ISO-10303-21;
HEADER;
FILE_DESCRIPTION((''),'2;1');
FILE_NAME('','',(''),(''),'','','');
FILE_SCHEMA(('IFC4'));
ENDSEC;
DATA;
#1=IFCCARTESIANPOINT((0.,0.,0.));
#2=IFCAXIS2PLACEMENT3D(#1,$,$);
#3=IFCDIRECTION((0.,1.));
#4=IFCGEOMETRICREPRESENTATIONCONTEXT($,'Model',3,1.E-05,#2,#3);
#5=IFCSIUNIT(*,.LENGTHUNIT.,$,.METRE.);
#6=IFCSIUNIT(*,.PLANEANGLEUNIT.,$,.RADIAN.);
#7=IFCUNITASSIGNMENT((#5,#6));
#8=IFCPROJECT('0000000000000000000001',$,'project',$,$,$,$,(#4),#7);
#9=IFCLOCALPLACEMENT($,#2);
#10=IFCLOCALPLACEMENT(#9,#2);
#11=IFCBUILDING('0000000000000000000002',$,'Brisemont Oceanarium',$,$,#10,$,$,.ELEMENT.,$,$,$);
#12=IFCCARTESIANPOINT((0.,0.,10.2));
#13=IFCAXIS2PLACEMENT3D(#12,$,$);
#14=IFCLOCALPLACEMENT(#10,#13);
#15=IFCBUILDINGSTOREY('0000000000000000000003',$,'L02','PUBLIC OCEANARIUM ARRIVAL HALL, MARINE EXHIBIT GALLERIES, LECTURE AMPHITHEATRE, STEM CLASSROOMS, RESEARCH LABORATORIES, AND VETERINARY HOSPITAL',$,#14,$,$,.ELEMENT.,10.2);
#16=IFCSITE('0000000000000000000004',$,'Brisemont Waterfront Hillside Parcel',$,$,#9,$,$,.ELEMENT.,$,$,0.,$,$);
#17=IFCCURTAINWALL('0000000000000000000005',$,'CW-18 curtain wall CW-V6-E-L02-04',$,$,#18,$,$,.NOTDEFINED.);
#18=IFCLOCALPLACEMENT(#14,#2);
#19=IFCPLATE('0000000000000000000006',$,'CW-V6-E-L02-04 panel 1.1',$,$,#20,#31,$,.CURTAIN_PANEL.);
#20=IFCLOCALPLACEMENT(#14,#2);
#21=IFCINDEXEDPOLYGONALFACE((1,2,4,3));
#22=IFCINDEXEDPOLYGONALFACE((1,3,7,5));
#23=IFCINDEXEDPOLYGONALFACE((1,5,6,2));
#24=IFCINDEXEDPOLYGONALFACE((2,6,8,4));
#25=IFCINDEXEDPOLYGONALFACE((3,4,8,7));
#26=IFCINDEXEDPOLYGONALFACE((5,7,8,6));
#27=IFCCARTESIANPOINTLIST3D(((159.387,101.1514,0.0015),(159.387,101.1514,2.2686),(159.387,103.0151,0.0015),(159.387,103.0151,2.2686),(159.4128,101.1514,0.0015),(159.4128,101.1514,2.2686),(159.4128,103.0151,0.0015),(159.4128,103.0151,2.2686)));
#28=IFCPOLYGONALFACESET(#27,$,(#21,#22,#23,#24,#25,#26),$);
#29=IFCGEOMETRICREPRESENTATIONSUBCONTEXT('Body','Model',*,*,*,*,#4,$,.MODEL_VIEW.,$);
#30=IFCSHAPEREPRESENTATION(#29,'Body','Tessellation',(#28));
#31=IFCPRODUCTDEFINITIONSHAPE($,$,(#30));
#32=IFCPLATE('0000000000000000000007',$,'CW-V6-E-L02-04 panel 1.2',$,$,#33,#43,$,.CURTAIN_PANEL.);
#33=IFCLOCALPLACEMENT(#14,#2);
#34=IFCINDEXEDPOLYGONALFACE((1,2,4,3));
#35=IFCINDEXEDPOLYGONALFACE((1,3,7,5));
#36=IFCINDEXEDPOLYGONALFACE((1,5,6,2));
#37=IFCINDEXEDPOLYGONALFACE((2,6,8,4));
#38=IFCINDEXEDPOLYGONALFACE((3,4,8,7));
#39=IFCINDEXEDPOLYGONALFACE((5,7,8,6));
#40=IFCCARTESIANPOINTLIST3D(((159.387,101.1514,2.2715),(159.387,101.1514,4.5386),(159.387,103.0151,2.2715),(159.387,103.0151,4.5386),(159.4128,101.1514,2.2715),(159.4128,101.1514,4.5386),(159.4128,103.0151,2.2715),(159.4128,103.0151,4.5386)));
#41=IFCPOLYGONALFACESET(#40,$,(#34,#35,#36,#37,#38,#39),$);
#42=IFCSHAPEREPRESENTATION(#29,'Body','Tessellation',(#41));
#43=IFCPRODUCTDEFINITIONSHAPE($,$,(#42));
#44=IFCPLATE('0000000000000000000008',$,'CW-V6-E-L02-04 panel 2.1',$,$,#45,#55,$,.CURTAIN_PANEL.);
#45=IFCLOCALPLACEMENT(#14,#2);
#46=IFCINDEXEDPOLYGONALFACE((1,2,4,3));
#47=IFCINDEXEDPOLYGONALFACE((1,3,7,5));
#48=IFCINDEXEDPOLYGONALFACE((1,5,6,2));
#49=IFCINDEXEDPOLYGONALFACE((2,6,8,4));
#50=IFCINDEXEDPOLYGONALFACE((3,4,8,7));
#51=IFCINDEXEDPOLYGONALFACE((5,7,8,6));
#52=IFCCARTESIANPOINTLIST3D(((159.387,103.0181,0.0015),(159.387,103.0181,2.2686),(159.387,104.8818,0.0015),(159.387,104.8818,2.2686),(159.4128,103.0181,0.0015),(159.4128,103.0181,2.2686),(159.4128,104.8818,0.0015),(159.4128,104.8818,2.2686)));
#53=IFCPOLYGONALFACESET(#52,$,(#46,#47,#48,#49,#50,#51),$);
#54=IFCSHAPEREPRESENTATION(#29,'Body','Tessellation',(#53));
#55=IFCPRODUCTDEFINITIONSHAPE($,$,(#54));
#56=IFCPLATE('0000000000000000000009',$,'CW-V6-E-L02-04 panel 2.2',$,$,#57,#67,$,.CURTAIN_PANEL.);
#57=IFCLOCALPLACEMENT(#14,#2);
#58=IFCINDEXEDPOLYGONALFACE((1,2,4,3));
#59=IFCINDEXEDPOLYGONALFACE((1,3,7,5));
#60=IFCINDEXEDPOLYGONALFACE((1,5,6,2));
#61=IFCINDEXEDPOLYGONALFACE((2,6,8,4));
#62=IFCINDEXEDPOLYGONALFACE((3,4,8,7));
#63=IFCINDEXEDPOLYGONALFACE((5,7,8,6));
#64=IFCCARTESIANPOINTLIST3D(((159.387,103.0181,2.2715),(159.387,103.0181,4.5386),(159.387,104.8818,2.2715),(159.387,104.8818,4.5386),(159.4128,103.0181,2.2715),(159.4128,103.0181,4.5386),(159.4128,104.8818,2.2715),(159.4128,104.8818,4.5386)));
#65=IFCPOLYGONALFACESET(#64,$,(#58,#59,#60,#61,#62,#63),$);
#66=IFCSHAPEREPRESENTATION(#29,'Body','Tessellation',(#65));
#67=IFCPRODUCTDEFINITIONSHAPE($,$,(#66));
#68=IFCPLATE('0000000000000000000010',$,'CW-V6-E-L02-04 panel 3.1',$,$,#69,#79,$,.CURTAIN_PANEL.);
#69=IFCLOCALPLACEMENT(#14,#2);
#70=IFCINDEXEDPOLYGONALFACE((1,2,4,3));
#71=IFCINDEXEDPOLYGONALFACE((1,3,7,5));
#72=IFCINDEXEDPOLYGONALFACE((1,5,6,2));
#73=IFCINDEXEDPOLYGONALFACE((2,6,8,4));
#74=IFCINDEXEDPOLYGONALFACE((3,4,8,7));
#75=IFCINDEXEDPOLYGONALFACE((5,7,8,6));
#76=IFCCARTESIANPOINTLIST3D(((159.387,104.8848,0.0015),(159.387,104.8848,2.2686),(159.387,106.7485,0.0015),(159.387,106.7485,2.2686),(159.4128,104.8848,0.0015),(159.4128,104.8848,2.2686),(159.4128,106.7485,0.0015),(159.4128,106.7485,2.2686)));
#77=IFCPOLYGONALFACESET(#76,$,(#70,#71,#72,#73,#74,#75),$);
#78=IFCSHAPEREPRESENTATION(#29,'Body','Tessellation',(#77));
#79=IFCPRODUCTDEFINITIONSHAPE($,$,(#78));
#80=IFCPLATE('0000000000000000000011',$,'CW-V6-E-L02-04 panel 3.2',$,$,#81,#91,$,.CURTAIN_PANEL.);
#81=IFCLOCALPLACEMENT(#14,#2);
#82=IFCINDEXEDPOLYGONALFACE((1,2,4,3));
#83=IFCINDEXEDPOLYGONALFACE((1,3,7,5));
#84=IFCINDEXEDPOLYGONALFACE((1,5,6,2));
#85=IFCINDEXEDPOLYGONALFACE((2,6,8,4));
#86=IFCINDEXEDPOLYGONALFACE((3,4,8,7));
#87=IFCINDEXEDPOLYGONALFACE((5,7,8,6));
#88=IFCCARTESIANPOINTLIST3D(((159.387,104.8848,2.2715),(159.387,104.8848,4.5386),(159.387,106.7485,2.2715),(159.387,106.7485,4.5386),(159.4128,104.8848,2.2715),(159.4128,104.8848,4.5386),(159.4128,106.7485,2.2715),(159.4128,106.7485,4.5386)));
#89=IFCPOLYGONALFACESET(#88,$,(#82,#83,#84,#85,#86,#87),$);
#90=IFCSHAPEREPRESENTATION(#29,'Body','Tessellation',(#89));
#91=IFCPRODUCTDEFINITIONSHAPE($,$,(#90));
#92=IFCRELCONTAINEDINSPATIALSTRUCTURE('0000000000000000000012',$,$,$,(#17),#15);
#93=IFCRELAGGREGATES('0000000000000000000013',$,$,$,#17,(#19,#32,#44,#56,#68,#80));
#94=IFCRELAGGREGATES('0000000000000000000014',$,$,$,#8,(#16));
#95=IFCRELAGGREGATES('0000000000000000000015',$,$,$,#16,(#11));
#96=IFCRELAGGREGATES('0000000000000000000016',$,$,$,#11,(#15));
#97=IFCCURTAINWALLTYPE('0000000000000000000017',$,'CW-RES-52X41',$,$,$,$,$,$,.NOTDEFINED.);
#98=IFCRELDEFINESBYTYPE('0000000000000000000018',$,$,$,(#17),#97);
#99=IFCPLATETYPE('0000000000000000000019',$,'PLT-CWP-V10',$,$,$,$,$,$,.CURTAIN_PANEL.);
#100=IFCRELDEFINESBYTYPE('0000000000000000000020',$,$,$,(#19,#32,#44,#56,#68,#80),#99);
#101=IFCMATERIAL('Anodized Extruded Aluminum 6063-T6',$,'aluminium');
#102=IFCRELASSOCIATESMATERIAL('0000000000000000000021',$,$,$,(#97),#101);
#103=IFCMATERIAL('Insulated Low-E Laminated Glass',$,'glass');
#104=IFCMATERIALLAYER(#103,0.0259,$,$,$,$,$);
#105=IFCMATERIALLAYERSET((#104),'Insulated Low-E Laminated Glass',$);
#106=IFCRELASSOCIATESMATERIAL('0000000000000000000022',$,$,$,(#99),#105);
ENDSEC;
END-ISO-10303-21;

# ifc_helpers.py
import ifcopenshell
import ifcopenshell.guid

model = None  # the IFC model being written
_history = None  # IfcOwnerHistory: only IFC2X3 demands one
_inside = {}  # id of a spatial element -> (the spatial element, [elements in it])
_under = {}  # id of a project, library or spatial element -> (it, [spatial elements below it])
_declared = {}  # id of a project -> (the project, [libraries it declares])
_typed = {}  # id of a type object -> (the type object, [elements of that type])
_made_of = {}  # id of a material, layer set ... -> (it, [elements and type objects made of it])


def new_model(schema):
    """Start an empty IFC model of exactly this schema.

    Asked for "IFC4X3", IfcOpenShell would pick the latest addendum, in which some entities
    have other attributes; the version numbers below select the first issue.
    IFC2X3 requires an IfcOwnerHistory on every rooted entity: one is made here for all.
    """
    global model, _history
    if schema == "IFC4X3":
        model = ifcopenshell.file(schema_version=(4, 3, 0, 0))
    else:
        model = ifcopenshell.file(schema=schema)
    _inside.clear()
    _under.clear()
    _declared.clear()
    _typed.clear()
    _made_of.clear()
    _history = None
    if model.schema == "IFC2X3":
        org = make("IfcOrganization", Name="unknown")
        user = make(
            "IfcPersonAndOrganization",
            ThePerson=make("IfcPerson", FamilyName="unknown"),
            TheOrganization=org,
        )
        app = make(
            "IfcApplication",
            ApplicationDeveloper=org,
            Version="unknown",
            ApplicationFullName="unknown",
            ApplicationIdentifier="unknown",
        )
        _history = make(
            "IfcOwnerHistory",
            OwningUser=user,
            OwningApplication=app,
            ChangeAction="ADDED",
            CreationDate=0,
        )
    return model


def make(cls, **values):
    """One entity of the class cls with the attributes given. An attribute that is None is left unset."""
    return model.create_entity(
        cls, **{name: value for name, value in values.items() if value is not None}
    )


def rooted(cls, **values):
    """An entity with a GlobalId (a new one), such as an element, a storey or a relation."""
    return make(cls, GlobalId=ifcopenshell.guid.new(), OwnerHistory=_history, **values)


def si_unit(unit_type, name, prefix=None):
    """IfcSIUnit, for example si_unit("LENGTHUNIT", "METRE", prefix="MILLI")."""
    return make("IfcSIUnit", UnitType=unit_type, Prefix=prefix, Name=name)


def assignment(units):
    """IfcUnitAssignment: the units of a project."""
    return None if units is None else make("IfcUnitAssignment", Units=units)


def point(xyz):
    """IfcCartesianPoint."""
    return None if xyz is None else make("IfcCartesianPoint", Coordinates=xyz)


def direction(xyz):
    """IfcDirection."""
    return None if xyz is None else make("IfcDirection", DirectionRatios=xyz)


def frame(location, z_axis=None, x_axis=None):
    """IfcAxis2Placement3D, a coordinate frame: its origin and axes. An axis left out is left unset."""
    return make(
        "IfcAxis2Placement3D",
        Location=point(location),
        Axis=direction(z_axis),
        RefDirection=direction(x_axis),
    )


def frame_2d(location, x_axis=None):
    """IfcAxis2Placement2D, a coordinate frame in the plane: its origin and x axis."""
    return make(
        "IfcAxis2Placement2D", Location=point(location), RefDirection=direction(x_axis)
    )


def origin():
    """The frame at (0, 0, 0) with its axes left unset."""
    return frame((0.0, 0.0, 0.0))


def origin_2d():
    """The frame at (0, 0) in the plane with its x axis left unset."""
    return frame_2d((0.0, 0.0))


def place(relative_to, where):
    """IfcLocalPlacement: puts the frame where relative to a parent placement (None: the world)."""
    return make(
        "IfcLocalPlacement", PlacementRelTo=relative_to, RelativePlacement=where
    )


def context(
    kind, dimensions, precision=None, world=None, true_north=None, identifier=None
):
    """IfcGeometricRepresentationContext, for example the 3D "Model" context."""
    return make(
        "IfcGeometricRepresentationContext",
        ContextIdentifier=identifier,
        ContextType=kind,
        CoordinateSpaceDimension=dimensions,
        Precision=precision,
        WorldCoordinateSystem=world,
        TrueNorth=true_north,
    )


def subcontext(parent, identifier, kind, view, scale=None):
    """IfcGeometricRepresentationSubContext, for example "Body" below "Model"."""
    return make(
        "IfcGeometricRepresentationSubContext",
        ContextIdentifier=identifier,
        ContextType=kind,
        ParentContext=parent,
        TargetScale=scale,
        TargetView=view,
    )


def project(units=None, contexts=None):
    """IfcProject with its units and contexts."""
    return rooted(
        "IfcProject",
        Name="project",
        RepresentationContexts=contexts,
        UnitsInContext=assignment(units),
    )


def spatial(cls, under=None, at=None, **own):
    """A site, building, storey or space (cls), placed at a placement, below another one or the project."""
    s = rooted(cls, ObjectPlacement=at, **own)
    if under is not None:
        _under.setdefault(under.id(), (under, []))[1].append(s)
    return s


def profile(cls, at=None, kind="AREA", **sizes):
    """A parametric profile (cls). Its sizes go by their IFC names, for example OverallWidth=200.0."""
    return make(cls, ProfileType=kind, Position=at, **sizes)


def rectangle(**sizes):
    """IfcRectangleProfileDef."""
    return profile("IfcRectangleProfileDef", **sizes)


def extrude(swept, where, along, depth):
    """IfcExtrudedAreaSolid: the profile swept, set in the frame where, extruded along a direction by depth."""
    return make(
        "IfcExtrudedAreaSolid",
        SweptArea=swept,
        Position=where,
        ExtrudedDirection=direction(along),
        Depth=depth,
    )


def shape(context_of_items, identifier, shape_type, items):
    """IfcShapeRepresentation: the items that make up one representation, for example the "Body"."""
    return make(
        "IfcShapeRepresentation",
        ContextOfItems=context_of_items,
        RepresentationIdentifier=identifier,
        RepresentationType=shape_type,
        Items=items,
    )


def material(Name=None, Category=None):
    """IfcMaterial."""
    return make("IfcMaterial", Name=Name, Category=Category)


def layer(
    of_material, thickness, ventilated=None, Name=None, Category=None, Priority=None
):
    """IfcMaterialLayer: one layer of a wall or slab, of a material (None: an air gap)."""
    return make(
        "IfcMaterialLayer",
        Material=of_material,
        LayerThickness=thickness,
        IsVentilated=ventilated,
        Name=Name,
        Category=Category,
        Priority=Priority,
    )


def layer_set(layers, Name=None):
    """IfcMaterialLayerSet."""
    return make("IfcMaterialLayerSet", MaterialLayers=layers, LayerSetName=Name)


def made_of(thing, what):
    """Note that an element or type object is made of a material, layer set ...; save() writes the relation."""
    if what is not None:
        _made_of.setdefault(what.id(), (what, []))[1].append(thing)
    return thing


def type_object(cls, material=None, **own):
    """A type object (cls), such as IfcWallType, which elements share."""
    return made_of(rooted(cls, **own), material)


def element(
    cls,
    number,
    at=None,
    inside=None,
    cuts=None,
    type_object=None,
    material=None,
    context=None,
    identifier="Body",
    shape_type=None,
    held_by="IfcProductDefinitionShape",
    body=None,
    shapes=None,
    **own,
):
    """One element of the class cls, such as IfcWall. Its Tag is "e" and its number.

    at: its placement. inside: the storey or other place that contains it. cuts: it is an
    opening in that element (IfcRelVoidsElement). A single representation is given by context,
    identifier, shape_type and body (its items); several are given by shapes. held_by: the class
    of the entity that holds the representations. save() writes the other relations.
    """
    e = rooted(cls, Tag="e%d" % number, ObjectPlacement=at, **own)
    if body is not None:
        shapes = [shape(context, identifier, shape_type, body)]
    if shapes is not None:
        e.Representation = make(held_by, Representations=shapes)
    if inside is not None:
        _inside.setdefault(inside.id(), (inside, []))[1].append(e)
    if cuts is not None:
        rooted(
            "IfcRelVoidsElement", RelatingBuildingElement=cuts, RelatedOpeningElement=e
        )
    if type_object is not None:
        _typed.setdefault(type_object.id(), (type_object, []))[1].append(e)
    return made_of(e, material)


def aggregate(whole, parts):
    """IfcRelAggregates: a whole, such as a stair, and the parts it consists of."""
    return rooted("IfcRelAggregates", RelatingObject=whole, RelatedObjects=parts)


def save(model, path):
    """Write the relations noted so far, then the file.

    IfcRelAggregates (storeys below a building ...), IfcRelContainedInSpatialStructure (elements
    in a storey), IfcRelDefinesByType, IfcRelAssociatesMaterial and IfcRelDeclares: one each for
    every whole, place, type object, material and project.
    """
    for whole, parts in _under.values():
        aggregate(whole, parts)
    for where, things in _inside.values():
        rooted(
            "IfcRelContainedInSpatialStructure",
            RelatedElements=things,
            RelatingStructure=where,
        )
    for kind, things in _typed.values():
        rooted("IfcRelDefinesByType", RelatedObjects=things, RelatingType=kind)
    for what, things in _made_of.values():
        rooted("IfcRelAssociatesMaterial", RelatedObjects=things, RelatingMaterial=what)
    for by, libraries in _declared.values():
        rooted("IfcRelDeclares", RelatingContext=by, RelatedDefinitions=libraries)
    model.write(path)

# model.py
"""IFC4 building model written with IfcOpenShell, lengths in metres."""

from ifc_helpers import new_model, si_unit, direction, frame, origin, origin_2d, place, context, subcontext, project, spatial, rectangle, extrude, material, layer, layer_set, type_object, element, aggregate, save


model = new_model("IFC4")

# Units and contexts
model_context = context("Model", 3, precision=1e-05, world=origin(), true_north=direction((0.0, 1.0)))
body_context = subcontext(model_context, "Body", "Model", "MODEL_VIEW")
ifc_project = project(units=[si_unit("LENGTHUNIT", "METRE"), si_unit("PLANEANGLEUNIT", "RADIAN")], contexts=[model_context])

# Site, building, storey
site_placement = place(None, origin())
site = spatial("IfcSite", under=ifc_project, at=site_placement, Name="Brisemont Waterfront Hillside Parcel", CompositionType="ELEMENT", RefElevation=0.0)
building_placement = place(site_placement, origin())
building = spatial("IfcBuilding", under=site, at=building_placement, Name="Brisemont Oceanarium", CompositionType="ELEMENT")
storey_placement = place(building_placement, frame((0.0, 0.0, 10.2)))
storey = spatial("IfcBuildingStorey", under=building, at=storey_placement, Name="L02", Description="PUBLIC OCEANARIUM ARRIVAL HALL, MARINE EXHIBIT GALLERIES, LECTURE AMPHITHEATRE, STEM CLASSROOMS, RESEARCH LABORATORIES, AND VETERINARY HOSPITAL", CompositionType="ELEMENT", Elevation=10.2)

# Curtain wall, plates
ifc_material_1 = material(Name="Anodized Extruded Aluminum 6063-T6", Category="aluminium")
curtain_wall_type = type_object("IfcCurtainWallType", Name="CW-RES-52X41", PredefinedType="NOTDEFINED", material=ifc_material_1)
curtain_wall_placement = place(storey_placement, origin())
curtain_wall = element("IfcCurtainWall", 1, at=curtain_wall_placement, inside=storey, type_object=curtain_wall_type, Name="CW-18 curtain wall CW-V6-E-L02-04", PredefinedType="NOTDEFINED")
ifc_material_2 = material(Name="Insulated Low-E Laminated Glass", Category="glass")
ifc_layer = layer(ifc_material_2, 0.0259)
ifc_layer_set = layer_set([ifc_layer], Name="Insulated Low-E Laminated Glass")
plate_type = type_object("IfcPlateType", Name="PLT-CWP-V10", PredefinedType="CURTAIN_PANEL", material=ifc_layer_set)
plate_1_placement = place(storey_placement, frame((159.3999, 102.0833, 0.0015), z_axis=(0.0, 0.0, 1.0), x_axis=(0.0, 1.0, 0.0)))
plate_1 = element("IfcPlate", 2, at=plate_1_placement, type_object=plate_type, Name="CW-V6-E-L02-04 panel 1.1", PredefinedType="CURTAIN_PANEL", context=body_context, shape_type="SweptSolid", body=[
    extrude(rectangle(XDim=1.8638, YDim=0.0259, at=origin_2d()), origin(), (0.0, 0.0, 1.0), 2.2671),
])
plate_2_placement = place(storey_placement, frame((159.3999, 102.0833, 2.2715), z_axis=(0.0, 0.0, 1.0), x_axis=(0.0, 1.0, 0.0)))
plate_2 = element("IfcPlate", 3, at=plate_2_placement, type_object=plate_type, Name="CW-V6-E-L02-04 panel 1.2", PredefinedType="CURTAIN_PANEL", context=body_context, shape_type="SweptSolid", body=[
    extrude(rectangle(XDim=1.8638, YDim=0.0259, at=origin_2d()), origin(), (0.0, 0.0, 1.0), 2.2671),
])
plate_3_placement = place(storey_placement, frame((159.3999, 103.95, 0.0015), z_axis=(0.0, 0.0, 1.0), x_axis=(0.0, 1.0, 0.0)))
plate_3 = element("IfcPlate", 4, at=plate_3_placement, type_object=plate_type, Name="CW-V6-E-L02-04 panel 2.1", PredefinedType="CURTAIN_PANEL", context=body_context, shape_type="SweptSolid", body=[
    extrude(rectangle(XDim=1.8638, YDim=0.0259, at=origin_2d()), origin(), (0.0, 0.0, 1.0), 2.2671),
])
plate_4_placement = place(storey_placement, frame((159.3999, 103.95, 2.2715), z_axis=(0.0, 0.0, 1.0), x_axis=(0.0, 1.0, 0.0)))
plate_4 = element("IfcPlate", 5, at=plate_4_placement, type_object=plate_type, Name="CW-V6-E-L02-04 panel 2.2", PredefinedType="CURTAIN_PANEL", context=body_context, shape_type="SweptSolid", body=[
    extrude(rectangle(XDim=1.8638, YDim=0.0259, at=origin_2d()), origin(), (0.0, 0.0, 1.0), 2.2671),
])
plate_5_placement = place(storey_placement, frame((159.3999, 105.8167, 0.0015), z_axis=(0.0, 0.0, 1.0), x_axis=(0.0, 1.0, 0.0)))
plate_5 = element("IfcPlate", 6, at=plate_5_placement, type_object=plate_type, Name="CW-V6-E-L02-04 panel 3.1", PredefinedType="CURTAIN_PANEL", context=body_context, shape_type="SweptSolid", body=[
    extrude(rectangle(XDim=1.8638, YDim=0.0259, at=origin_2d()), origin(), (0.0, 0.0, 1.0), 2.2671),
])
plate_6_placement = place(storey_placement, frame((159.3999, 105.8167, 2.2715), z_axis=(0.0, 0.0, 1.0), x_axis=(0.0, 1.0, 0.0)))
plate_6 = element("IfcPlate", 7, at=plate_6_placement, type_object=plate_type, Name="CW-V6-E-L02-04 panel 3.2", PredefinedType="CURTAIN_PANEL", context=body_context, shape_type="SweptSolid", body=[
    extrude(rectangle(XDim=1.8638, YDim=0.0259, at=origin_2d()), origin(), (0.0, 0.0, 1.0), 2.2671),
])
aggregate(curtain_wall, [plate_1, plate_2, plate_3, plate_4, plate_5, plate_6])

save(model, "model.ifc")
